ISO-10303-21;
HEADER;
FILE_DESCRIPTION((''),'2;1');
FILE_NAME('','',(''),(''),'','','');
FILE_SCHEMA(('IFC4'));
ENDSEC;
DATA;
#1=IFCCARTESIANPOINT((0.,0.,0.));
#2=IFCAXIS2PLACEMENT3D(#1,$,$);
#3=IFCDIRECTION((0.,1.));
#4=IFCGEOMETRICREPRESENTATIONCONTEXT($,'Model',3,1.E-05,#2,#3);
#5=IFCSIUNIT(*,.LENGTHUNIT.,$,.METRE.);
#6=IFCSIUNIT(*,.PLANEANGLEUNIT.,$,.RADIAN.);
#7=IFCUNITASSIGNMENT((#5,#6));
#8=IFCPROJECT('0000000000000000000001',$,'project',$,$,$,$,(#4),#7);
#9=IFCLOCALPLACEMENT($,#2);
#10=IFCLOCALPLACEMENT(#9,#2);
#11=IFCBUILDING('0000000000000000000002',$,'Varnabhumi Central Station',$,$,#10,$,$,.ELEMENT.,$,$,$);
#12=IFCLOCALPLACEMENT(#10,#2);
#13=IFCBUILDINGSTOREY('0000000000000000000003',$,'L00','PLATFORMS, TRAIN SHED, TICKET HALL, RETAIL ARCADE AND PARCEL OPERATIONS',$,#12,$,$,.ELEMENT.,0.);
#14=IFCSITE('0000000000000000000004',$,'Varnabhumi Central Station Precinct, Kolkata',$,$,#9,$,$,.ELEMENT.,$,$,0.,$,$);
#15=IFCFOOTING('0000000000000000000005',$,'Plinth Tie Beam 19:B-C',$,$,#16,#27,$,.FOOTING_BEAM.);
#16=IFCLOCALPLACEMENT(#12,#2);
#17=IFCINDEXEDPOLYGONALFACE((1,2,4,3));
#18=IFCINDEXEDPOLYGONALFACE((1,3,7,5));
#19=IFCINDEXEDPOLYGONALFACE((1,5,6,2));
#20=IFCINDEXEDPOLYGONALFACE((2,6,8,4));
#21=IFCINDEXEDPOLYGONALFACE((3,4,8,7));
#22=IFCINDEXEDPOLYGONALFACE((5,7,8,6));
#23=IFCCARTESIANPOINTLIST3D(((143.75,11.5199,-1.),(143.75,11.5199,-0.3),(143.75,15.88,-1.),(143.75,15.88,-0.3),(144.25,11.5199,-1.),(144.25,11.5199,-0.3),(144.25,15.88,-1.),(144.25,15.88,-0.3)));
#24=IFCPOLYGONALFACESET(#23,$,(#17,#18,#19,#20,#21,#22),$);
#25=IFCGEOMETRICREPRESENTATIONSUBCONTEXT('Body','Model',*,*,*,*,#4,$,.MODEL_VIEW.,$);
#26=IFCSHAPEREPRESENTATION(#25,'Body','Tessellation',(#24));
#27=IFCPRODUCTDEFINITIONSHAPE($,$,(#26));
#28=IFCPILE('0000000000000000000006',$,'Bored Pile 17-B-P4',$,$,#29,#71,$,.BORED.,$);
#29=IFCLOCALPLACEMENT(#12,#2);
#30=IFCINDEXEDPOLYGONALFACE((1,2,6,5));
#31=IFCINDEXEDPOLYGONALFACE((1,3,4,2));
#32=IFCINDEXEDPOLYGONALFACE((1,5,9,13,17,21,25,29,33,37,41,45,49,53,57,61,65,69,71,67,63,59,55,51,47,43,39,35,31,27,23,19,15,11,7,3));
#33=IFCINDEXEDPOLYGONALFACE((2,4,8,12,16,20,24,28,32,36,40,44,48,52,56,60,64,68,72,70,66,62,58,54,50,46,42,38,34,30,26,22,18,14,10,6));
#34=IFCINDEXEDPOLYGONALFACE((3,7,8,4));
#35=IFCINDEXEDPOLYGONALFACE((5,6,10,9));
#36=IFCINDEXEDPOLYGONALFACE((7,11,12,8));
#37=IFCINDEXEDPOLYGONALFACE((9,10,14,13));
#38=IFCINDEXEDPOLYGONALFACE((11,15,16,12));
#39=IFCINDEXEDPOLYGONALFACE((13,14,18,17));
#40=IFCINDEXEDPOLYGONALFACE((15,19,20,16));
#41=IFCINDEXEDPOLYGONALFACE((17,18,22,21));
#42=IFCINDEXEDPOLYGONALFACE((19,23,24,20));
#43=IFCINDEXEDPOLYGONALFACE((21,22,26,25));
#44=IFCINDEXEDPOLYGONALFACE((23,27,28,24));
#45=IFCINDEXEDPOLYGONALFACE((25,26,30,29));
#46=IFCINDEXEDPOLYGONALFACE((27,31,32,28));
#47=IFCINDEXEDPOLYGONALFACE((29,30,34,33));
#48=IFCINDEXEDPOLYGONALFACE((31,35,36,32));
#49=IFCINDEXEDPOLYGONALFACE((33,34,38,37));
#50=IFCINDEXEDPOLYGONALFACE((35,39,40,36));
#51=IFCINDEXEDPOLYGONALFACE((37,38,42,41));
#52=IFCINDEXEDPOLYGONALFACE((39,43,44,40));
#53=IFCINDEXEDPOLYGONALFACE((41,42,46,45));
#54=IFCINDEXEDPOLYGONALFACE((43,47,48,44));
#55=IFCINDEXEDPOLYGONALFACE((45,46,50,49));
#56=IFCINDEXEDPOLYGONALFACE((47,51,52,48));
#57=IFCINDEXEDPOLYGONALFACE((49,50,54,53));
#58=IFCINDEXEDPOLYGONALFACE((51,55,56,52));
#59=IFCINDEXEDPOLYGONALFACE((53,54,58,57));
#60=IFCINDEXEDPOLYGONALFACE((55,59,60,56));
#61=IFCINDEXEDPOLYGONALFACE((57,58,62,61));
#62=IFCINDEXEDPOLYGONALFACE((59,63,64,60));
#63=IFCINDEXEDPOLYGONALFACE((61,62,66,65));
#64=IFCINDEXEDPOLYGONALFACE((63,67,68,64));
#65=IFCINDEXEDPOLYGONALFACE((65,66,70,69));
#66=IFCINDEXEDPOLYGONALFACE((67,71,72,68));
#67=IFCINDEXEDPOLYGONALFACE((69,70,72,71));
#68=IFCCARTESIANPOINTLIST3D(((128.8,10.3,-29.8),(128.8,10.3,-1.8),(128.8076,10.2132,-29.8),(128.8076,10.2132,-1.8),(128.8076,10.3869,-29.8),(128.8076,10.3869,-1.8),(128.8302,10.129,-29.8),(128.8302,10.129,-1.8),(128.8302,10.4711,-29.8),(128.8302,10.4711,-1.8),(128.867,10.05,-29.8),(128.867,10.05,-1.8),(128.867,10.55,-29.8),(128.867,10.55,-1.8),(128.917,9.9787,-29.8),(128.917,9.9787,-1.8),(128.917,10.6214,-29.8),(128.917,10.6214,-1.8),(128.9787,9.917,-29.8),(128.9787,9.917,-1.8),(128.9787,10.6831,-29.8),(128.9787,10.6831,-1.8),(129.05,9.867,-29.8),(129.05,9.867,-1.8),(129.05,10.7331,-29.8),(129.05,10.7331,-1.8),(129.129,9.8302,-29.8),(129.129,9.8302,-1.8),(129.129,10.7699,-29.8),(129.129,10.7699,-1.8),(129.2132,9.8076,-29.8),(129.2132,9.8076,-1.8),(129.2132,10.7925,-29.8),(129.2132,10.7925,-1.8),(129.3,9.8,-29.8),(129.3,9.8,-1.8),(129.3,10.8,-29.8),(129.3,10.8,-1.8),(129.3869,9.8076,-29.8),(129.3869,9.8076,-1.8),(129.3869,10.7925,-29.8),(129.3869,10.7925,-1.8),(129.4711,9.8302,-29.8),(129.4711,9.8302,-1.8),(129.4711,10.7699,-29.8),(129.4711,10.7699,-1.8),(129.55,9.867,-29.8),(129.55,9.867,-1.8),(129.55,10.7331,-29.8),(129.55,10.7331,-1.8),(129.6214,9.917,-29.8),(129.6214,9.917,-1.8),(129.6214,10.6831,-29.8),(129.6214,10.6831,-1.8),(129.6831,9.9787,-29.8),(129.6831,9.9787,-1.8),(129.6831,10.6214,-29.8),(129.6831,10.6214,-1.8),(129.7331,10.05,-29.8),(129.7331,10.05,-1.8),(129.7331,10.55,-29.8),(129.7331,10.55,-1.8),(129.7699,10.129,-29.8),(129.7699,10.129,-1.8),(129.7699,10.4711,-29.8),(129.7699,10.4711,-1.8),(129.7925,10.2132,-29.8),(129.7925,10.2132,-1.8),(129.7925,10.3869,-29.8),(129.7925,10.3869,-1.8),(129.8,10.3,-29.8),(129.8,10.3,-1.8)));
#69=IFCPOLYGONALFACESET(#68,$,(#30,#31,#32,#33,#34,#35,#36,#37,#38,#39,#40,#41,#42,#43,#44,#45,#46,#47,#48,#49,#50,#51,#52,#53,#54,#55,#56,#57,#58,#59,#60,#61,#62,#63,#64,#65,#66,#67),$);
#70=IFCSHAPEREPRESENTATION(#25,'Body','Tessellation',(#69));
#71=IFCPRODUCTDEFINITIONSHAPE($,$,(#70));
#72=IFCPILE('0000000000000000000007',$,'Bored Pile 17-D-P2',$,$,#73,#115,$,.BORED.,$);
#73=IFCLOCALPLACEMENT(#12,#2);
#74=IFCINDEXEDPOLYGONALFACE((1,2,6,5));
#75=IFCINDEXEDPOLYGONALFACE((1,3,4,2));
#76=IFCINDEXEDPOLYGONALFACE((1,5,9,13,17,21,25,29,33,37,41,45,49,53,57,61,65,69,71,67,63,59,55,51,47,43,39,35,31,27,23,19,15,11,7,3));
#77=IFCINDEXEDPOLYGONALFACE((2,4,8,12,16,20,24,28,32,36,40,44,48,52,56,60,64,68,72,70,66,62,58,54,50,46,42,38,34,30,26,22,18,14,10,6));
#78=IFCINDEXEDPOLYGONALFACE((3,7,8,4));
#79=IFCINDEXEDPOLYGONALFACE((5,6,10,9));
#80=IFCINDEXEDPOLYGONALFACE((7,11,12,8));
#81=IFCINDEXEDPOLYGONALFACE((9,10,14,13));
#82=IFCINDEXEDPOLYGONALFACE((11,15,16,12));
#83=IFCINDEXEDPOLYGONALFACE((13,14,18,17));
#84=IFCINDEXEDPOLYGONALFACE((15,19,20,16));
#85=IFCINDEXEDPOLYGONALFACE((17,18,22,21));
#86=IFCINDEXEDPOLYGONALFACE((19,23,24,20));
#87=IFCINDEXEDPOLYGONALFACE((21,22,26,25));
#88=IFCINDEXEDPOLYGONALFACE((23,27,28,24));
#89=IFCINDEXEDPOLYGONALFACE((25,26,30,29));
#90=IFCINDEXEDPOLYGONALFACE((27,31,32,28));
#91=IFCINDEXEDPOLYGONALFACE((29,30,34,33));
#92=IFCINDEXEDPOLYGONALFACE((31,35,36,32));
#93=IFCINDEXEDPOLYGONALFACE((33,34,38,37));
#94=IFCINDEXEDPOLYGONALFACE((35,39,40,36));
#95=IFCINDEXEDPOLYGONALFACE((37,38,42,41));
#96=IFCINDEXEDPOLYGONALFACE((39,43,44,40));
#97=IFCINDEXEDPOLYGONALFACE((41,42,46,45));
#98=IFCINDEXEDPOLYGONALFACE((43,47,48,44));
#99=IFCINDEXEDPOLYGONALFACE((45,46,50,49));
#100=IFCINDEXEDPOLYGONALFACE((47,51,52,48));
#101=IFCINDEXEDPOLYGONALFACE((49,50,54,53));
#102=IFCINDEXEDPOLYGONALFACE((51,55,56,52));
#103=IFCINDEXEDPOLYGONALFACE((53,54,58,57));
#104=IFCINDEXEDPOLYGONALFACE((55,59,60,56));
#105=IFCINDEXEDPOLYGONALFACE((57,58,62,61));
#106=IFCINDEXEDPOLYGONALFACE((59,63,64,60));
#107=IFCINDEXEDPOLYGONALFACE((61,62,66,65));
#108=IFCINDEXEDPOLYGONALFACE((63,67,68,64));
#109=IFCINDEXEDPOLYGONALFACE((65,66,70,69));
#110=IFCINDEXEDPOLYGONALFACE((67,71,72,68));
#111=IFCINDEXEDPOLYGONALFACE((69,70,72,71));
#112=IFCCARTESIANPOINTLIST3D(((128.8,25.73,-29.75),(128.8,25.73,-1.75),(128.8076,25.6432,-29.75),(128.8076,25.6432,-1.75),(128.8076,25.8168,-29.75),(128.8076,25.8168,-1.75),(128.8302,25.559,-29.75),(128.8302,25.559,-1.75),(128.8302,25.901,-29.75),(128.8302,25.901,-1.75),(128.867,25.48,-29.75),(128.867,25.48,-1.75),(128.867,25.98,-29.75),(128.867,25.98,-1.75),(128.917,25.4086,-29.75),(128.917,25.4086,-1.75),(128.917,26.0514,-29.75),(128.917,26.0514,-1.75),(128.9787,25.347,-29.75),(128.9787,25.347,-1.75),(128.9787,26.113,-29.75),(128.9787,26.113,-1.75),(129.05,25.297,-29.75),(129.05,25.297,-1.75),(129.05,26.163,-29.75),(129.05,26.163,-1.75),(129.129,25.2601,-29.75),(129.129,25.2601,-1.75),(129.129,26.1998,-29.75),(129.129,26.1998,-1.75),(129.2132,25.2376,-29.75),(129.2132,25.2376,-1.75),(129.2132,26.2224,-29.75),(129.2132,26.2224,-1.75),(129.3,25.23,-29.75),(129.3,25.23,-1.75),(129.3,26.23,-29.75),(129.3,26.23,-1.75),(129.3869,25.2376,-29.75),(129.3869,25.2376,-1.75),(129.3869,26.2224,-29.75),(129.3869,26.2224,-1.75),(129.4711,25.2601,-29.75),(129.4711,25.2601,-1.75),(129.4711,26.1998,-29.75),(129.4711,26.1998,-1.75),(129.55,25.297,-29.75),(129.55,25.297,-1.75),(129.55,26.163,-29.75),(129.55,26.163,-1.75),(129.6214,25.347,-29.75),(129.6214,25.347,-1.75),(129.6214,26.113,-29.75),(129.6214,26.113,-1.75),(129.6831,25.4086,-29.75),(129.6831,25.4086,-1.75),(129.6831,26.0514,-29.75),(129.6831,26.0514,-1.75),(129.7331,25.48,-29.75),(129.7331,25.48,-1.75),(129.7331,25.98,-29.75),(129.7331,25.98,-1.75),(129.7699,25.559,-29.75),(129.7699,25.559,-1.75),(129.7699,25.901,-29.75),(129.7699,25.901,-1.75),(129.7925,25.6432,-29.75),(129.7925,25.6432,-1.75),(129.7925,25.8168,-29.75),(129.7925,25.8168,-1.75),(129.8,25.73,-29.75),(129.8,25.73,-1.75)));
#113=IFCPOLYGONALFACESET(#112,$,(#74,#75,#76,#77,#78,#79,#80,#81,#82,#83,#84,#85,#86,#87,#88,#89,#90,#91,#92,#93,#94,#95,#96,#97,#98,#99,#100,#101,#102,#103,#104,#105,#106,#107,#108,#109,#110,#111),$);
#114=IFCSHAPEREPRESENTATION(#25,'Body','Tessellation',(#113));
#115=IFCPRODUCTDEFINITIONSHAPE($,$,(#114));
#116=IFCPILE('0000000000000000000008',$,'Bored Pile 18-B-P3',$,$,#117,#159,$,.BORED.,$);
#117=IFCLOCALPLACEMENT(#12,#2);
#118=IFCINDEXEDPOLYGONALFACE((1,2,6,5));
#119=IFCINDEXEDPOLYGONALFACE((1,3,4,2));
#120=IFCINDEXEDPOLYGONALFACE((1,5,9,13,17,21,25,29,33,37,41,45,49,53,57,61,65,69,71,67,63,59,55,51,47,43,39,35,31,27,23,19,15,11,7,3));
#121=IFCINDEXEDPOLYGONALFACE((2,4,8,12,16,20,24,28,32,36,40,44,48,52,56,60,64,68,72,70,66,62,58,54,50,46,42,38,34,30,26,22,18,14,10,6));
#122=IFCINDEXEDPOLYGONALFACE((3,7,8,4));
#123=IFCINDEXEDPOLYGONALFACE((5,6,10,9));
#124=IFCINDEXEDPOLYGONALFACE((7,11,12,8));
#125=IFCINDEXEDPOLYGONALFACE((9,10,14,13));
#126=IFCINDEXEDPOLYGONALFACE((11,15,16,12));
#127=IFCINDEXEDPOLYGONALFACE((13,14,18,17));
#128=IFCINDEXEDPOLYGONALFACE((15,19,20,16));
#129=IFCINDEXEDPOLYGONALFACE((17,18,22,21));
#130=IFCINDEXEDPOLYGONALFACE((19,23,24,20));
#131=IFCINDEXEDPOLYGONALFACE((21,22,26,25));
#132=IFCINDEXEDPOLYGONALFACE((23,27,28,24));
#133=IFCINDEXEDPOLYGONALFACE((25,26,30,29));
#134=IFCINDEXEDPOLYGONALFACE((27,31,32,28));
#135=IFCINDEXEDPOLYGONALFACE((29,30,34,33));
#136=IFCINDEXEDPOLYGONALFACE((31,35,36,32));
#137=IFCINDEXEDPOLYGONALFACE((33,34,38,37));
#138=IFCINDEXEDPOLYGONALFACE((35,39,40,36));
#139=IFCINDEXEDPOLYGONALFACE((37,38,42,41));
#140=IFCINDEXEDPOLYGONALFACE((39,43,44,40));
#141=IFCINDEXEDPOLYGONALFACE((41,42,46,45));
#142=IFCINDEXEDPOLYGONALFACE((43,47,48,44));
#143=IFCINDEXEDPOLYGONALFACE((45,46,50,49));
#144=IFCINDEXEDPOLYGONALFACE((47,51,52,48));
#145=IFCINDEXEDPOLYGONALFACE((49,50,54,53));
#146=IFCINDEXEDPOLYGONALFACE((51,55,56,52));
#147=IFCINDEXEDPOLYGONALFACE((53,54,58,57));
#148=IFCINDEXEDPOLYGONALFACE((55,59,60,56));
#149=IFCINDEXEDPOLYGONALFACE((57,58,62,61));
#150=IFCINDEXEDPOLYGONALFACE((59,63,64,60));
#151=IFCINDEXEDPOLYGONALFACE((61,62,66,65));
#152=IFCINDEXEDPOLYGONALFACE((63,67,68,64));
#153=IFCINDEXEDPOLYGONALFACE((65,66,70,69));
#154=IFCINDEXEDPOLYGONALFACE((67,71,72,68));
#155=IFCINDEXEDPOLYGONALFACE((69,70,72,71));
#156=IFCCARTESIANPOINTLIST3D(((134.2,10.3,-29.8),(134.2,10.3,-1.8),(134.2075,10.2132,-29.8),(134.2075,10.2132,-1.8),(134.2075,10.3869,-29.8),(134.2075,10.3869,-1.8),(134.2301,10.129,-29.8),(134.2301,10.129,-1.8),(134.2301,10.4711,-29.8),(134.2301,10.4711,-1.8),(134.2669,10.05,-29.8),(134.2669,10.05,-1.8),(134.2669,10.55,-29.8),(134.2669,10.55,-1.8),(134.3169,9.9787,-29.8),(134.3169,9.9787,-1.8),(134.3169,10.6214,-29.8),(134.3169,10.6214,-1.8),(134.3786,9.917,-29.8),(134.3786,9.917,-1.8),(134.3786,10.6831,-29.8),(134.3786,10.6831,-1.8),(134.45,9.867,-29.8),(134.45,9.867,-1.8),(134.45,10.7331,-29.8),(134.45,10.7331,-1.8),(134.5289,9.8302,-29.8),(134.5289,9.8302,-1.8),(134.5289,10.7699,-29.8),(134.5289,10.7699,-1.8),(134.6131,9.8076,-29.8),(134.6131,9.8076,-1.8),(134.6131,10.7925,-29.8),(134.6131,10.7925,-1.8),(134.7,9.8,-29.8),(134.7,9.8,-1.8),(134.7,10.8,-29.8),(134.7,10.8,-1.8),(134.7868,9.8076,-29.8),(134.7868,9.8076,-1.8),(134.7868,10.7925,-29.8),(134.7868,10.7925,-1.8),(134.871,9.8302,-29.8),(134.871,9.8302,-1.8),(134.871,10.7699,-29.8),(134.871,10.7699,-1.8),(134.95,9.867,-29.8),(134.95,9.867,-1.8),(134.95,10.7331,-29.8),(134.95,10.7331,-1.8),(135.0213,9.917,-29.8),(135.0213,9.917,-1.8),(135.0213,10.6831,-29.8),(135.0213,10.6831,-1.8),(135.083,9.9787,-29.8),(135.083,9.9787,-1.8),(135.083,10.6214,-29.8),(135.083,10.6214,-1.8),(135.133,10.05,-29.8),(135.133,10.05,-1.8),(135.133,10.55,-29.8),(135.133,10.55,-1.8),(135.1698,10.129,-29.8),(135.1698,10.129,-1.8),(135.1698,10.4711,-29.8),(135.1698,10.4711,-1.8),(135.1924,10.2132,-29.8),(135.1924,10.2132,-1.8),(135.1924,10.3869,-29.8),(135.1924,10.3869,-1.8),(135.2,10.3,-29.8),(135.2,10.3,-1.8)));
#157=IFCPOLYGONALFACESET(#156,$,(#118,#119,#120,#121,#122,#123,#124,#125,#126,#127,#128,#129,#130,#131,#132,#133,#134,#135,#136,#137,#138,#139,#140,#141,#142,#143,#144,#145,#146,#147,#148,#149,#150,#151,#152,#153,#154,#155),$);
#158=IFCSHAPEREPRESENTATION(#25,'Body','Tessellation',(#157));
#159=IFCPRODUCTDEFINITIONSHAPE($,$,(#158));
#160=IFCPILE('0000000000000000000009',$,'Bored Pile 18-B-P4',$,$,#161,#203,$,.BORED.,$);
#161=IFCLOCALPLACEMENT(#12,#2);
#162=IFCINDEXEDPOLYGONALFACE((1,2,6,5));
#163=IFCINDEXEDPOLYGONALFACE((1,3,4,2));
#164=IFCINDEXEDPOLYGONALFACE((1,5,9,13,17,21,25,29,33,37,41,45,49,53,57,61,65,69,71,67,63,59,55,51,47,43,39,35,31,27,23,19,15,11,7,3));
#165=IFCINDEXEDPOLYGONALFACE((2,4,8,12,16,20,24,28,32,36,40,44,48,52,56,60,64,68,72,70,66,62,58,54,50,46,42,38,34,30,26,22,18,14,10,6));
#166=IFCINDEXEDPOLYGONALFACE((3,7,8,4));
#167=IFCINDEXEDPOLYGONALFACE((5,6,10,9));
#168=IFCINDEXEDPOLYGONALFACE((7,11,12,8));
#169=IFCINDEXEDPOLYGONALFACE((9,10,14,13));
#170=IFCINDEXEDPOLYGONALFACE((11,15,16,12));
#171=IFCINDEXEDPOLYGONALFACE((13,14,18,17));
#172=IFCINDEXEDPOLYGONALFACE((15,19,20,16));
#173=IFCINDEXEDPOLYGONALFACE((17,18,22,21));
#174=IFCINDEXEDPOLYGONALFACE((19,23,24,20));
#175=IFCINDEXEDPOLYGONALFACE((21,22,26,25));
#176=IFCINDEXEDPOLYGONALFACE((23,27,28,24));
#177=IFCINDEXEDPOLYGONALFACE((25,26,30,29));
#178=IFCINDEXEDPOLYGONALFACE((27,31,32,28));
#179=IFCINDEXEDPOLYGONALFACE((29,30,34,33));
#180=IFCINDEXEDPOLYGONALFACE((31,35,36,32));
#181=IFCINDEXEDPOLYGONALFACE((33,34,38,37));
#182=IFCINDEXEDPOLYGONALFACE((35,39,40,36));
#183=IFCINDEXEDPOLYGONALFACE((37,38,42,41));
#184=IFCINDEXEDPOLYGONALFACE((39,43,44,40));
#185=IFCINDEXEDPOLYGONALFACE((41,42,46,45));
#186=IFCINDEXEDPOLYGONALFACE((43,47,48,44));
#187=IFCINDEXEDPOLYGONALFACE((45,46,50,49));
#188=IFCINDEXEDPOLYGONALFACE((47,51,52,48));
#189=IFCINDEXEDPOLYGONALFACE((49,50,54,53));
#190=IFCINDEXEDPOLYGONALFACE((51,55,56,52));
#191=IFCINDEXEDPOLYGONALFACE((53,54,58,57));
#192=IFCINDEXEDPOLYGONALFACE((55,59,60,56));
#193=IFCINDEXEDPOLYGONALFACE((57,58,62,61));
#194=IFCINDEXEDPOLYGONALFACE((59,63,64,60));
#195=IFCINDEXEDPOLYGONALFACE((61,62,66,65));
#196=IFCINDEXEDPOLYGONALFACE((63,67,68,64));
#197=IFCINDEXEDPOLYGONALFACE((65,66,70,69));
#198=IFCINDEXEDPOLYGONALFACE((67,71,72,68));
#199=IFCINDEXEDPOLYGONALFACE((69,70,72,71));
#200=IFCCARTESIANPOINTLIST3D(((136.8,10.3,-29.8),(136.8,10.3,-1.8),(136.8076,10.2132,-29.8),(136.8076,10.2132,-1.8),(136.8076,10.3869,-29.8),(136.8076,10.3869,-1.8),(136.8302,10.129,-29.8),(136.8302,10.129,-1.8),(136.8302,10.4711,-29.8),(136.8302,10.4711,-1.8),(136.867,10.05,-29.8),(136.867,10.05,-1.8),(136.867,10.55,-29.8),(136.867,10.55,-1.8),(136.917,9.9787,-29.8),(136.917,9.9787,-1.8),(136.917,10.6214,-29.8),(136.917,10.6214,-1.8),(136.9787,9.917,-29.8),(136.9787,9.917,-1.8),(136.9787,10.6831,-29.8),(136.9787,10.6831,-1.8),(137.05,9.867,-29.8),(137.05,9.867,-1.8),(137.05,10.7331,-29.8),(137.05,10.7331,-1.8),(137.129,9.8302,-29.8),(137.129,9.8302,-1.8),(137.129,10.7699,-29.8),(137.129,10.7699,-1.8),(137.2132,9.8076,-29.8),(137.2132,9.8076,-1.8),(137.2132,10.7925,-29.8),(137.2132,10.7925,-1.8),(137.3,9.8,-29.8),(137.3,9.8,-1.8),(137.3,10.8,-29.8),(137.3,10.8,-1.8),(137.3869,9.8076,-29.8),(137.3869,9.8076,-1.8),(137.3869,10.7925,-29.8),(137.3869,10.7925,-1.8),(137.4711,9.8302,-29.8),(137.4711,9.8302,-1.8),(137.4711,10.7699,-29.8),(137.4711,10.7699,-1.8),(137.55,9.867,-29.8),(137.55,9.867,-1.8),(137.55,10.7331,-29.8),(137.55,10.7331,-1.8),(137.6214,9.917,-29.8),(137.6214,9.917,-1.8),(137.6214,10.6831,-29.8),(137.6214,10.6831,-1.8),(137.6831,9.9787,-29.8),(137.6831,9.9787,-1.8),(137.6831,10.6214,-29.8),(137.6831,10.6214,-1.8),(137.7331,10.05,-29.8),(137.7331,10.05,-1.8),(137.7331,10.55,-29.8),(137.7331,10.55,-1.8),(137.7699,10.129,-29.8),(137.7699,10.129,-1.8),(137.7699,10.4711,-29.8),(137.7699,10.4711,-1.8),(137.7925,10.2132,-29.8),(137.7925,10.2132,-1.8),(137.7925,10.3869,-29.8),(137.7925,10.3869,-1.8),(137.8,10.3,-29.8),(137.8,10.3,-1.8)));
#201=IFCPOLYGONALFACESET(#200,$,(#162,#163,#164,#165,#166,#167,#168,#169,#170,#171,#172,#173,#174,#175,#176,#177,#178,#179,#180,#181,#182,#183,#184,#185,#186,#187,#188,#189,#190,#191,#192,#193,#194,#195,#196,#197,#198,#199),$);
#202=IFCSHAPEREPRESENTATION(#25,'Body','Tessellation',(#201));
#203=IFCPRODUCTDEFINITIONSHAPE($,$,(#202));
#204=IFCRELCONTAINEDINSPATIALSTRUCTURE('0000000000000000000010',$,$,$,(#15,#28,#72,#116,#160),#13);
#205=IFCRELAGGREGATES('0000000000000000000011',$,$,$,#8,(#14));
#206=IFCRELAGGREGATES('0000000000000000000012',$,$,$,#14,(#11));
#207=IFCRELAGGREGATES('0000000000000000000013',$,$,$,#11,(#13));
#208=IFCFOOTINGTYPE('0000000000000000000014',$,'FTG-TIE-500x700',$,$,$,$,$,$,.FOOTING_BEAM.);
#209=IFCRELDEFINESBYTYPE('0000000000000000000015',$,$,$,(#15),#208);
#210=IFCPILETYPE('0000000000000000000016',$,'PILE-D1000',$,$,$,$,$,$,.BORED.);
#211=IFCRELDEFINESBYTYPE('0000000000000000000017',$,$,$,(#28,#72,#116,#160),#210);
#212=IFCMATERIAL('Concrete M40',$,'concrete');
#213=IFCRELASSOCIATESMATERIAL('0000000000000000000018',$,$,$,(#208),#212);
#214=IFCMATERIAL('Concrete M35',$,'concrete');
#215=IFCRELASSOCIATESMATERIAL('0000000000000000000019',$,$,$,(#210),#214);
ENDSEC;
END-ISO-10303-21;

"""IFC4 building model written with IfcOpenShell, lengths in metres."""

from ifc_helpers import new_model, si_unit, direction, frame, origin, origin_2d, place, context, subcontext, project, spatial, rectangle, circle, extrude, material, material_profile, profile_set, type_object, element, save


model = new_model("IFC4")

# Units and contexts
model_context = context("Model", 3, precision=1e-05, world=origin(), true_north=direction((0.0, 1.0)))
body_context = subcontext(model_context, "Body", "Model", "MODEL_VIEW")
ifc_project = project(units=[si_unit("LENGTHUNIT", "METRE"), si_unit("PLANEANGLEUNIT", "RADIAN")], contexts=[model_context])

# Site, building, storey
site_placement = place(None, origin())
site = spatial("IfcSite", under=ifc_project, at=site_placement, Name="Varnabhumi Central Station Precinct, Kolkata", CompositionType="ELEMENT", RefElevation=0.0)
building_placement = place(site_placement, origin())
building = spatial("IfcBuilding", under=site, at=building_placement, Name="Varnabhumi Central Station", CompositionType="ELEMENT")
storey_placement = place(building_placement, origin())
storey = spatial("IfcBuildingStorey", under=building, at=storey_placement, Name="L00", Description="PLATFORMS, TRAIN SHED, TICKET HALL, RETAIL ARCADE AND PARCEL OPERATIONS", CompositionType="ELEMENT", Elevation=0.0)

# Footing
ifc_material_1 = material(Name="Concrete M40", Category="concrete")
footing_type = type_object("IfcFootingType", Name="FTG-TIE-500x700", PredefinedType="FOOTING_BEAM", material=ifc_material_1)
footing_placement = place(storey_placement, frame((144.0, 13.7, -1.0), z_axis=(0.0, 0.0, 1.0), x_axis=(1.0, 0.0, 0.0)))
element("IfcFooting", 1, at=footing_placement, inside=storey, type_object=footing_type, Name="Plinth Tie Beam 19:B-C", PredefinedType="FOOTING_BEAM", context=body_context, shape_type="SweptSolid", body=[
    extrude(rectangle(XDim=0.5, YDim=4.3601, at=origin_2d()), origin(), (0.0, 0.0, 1.0), 0.7),
])

# Piles
ifc_material_2 = material(Name="Concrete M35", Category="concrete")
ifc_material_profile_1 = material_profile(ifc_material_2, circle(Radius=0.5, at=origin_2d()), Name="Concrete M35", Category="concrete")
ifc_profile_set_1 = profile_set([ifc_material_profile_1], Name="Concrete M35")
pile_type_1 = type_object("IfcPileType", Name="PILE-D1000", PredefinedType="BORED", material=ifc_profile_set_1)
for number, where, z_axis, x_axis, name in (
    (2, (129.3, 10.3, -1.8), (0.0, 0.0, -1.0), (1.0, 0.0, 0.0), "Bored Pile 17-B-P4"),
    (3, (129.3, 25.73, -1.75), (0.0, 0.0, -1.0), (1.0, 0.0, 0.0), "Bored Pile 17-D-P2"),
    (4, (134.7, 10.3, -1.8), (0.0, 0.0, -1.0), (1.0, 0.0, 0.0), "Bored Pile 18-B-P3"),
    (5, (137.3, 10.3, -1.8), (0.0, 0.0, -1.0), (1.0, 0.0, 0.0), "Bored Pile 18-B-P4"),
):
    element("IfcPile", number, at=place(storey_placement, frame(where, z_axis=z_axis, x_axis=x_axis)), inside=storey, type_object=pile_type_1, Name=name, PredefinedType="BORED", context=body_context, shape_type="SweptSolid", body=[
        extrude(circle(Radius=0.5, at=origin_2d()), origin(), (0.0, 0.0, 1.0), 28.0),
    ])

save(model, "model.ifc")
